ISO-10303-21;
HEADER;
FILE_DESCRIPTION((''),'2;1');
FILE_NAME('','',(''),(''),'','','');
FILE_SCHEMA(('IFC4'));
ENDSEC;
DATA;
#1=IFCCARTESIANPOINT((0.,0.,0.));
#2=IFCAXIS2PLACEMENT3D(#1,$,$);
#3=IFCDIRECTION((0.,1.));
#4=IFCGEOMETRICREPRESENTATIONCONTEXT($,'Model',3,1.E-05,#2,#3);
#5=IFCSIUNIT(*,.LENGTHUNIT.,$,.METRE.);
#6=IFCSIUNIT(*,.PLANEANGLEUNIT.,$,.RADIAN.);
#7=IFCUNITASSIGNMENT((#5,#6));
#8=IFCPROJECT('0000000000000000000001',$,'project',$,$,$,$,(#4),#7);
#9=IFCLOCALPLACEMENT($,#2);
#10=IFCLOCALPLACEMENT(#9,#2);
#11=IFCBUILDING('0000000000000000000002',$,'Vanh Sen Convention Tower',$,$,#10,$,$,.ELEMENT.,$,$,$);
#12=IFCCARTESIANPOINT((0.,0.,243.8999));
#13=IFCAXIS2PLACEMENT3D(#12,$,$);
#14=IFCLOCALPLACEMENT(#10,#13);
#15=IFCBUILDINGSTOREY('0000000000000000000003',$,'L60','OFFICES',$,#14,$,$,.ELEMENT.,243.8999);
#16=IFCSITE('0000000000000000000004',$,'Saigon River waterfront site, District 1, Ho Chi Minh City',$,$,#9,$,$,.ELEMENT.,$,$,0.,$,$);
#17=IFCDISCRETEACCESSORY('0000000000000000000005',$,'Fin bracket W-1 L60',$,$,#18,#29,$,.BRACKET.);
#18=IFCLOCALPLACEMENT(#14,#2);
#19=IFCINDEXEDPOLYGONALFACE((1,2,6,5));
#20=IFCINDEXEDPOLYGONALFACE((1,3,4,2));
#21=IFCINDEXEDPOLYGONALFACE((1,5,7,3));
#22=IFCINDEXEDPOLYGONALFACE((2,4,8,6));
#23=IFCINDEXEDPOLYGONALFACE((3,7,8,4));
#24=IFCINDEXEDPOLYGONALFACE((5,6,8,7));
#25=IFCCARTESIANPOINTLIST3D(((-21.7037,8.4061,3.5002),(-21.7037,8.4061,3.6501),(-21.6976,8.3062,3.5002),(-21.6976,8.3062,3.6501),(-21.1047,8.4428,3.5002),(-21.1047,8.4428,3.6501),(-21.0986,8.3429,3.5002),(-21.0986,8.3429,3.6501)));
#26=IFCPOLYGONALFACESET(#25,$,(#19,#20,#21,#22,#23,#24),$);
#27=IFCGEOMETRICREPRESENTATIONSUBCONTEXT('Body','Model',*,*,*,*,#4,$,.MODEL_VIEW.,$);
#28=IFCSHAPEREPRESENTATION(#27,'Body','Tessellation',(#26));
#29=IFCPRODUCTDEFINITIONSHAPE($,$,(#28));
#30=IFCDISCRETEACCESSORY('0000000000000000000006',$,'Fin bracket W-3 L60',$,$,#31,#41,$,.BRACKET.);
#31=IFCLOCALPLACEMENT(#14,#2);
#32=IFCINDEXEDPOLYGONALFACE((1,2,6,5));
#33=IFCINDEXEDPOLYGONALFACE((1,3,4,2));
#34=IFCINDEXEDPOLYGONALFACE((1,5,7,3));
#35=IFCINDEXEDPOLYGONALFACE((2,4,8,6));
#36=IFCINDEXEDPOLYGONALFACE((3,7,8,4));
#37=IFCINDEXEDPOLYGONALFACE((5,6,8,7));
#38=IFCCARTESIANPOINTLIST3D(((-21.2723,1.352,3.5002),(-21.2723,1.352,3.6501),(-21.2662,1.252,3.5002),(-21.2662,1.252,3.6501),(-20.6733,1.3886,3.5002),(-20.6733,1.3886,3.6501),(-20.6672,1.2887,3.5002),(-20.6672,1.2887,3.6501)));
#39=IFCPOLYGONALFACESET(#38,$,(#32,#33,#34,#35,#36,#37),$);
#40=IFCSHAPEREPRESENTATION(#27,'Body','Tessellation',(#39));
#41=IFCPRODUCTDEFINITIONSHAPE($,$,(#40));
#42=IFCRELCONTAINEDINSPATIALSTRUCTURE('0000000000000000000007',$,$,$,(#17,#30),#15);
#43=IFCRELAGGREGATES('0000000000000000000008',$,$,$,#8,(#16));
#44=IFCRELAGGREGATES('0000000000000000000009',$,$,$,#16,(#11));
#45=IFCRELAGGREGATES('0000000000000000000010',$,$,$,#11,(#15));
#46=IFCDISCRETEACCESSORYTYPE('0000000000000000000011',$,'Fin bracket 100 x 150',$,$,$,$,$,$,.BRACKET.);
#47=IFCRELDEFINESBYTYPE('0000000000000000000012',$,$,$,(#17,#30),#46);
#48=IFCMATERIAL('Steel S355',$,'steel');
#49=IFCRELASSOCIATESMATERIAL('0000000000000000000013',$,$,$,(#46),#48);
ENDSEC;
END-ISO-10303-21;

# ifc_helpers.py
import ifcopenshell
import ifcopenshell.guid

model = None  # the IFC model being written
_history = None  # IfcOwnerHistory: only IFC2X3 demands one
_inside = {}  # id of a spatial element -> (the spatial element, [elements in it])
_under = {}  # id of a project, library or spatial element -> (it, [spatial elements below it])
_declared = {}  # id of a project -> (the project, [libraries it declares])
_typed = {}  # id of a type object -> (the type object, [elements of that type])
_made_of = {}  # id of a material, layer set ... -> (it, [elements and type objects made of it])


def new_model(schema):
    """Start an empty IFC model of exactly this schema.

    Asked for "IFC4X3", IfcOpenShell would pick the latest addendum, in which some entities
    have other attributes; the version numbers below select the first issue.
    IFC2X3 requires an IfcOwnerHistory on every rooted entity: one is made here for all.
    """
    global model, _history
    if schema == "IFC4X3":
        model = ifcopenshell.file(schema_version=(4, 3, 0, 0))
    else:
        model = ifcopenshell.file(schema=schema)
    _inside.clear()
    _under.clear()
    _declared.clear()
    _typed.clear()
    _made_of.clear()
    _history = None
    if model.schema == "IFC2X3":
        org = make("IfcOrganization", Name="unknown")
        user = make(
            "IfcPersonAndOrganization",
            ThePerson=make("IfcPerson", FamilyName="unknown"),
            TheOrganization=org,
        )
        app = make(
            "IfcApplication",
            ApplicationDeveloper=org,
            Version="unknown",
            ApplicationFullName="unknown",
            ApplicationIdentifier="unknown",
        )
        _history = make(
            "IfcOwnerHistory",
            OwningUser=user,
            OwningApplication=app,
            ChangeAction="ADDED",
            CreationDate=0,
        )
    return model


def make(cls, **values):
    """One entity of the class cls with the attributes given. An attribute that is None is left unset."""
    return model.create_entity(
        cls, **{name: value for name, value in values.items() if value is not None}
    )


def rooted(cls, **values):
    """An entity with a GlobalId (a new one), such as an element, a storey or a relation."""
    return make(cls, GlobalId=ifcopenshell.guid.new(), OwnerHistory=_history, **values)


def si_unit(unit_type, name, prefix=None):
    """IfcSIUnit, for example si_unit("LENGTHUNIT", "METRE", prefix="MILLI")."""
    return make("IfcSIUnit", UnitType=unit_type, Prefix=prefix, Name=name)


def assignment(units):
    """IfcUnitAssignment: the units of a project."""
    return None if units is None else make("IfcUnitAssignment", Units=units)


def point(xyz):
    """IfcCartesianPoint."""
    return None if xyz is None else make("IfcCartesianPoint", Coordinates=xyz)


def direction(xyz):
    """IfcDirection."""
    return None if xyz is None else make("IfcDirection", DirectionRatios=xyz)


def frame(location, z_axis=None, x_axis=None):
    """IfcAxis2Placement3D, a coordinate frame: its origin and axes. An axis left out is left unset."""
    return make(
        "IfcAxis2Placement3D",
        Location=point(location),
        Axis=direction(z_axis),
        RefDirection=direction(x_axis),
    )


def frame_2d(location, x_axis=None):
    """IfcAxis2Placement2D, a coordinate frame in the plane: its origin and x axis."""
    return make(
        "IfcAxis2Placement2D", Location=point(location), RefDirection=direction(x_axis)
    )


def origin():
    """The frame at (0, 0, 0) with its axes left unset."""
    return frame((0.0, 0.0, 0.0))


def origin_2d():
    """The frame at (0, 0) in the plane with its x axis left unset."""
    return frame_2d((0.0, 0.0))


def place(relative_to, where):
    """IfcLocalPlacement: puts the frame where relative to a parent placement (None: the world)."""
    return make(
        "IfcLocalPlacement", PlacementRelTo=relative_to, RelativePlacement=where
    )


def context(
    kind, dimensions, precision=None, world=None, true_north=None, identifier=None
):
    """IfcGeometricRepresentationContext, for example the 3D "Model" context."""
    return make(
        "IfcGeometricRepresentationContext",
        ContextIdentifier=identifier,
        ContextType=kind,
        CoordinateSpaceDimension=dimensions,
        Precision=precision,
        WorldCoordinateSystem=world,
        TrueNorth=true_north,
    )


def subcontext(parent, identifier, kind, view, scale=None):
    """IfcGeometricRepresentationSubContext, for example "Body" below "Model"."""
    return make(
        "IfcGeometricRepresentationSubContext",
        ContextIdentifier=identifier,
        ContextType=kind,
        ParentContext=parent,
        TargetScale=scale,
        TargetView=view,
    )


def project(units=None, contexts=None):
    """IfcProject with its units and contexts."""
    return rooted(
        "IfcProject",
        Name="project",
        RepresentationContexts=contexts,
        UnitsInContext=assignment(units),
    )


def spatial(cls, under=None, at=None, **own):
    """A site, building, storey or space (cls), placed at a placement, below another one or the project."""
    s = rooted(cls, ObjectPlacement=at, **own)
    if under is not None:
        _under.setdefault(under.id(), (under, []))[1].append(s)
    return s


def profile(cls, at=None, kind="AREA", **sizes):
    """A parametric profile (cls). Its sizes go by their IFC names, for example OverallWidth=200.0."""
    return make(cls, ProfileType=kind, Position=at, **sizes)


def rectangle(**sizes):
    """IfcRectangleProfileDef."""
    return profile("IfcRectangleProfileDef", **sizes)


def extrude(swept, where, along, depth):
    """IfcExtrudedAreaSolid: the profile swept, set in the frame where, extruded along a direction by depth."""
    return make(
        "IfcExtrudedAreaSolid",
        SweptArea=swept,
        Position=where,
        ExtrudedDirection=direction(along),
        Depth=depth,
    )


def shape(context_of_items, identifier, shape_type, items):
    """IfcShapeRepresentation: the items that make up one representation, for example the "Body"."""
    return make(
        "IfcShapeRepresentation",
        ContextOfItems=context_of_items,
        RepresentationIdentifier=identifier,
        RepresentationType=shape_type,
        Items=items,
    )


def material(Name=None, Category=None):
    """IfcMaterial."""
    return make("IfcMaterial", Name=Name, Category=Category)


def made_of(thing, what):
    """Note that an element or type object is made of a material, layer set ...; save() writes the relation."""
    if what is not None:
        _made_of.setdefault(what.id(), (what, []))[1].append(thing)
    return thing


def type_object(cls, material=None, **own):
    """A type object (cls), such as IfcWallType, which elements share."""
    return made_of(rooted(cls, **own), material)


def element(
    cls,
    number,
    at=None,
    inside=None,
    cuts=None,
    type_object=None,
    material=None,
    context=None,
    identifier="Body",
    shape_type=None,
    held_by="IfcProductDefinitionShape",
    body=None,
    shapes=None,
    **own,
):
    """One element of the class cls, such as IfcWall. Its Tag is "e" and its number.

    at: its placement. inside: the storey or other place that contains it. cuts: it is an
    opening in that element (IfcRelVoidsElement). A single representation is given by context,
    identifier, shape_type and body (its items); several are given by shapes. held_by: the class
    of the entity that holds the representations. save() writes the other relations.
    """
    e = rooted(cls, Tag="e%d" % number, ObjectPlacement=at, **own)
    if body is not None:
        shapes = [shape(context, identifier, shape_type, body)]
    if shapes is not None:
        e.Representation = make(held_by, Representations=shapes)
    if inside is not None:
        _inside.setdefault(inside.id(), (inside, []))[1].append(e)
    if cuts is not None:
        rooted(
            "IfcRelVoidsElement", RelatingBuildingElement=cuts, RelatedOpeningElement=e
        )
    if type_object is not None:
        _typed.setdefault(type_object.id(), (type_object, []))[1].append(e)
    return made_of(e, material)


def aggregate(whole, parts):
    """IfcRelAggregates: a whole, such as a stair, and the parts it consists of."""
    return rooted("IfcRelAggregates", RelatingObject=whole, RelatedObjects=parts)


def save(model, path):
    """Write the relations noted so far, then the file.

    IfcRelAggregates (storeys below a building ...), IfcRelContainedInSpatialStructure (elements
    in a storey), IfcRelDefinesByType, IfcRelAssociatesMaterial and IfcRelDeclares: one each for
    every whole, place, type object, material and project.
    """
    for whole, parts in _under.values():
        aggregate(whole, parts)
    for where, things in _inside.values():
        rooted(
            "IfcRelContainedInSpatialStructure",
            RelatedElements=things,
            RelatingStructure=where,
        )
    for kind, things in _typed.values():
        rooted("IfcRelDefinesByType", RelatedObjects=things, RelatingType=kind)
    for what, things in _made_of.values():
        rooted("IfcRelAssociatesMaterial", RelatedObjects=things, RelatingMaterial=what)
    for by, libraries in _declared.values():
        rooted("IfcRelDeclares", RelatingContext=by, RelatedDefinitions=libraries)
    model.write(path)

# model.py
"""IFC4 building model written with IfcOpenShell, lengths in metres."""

from ifc_helpers import new_model, si_unit, direction, frame, origin, origin_2d, place, context, subcontext, project, spatial, rectangle, extrude, material, type_object, element, save


model = new_model("IFC4")

# Units and contexts
model_context = context("Model", 3, precision=1e-05, world=origin(), true_north=direction((0.0, 1.0)))
body_context = subcontext(model_context, "Body", "Model", "MODEL_VIEW")
ifc_project = project(units=[si_unit("LENGTHUNIT", "METRE"), si_unit("PLANEANGLEUNIT", "RADIAN")], contexts=[model_context])

# Site, building, storey
site_placement = place(None, origin())
site = spatial("IfcSite", under=ifc_project, at=site_placement, Name="Saigon River waterfront site, District 1, Ho Chi Minh City", CompositionType="ELEMENT", RefElevation=0.0)
building_placement = place(site_placement, origin())
building = spatial("IfcBuilding", under=site, at=building_placement, Name="Vanh Sen Convention Tower", CompositionType="ELEMENT")
storey_placement = place(building_placement, frame((0.0, 0.0, 243.8999)))
storey = spatial("IfcBuildingStorey", under=building, at=storey_placement, Name="L60", Description="OFFICES", CompositionType="ELEMENT", Elevation=243.8999)

# Discrete accessories
ifc_material_1 = material(Name="Steel S355", Category="steel")
discrete_accessory_type = type_object("IfcDiscreteAccessoryType", Name="Fin bracket 100 x 150", PredefinedType="BRACKET", material=ifc_material_1)
for number, where, z_axis, x_axis, name in (
    (1, (-21.4011, 8.3745, 3.5002), (0.0, 0.0, 1.0), (-0.998135, -0.061049, 0.0), "Fin bracket W-1 L60"),
    (2, (-20.9697, 1.3203, 3.5002), (0.0, 0.0, 1.0), (-0.998135, -0.061049, 0.0), "Fin bracket W-3 L60"),
):
    element("IfcDiscreteAccessory", number, at=place(storey_placement, frame(where, z_axis=z_axis, x_axis=x_axis)), inside=storey, type_object=discrete_accessory_type, Name=name, PredefinedType="BRACKET", context=body_context, shape_type="SweptSolid", body=[
        extrude(rectangle(XDim=0.6001, YDim=0.1001, at=origin_2d()), origin(), (0.0, 0.0, 1.0), 0.1499),
    ])

save(model, "model.ifc")
